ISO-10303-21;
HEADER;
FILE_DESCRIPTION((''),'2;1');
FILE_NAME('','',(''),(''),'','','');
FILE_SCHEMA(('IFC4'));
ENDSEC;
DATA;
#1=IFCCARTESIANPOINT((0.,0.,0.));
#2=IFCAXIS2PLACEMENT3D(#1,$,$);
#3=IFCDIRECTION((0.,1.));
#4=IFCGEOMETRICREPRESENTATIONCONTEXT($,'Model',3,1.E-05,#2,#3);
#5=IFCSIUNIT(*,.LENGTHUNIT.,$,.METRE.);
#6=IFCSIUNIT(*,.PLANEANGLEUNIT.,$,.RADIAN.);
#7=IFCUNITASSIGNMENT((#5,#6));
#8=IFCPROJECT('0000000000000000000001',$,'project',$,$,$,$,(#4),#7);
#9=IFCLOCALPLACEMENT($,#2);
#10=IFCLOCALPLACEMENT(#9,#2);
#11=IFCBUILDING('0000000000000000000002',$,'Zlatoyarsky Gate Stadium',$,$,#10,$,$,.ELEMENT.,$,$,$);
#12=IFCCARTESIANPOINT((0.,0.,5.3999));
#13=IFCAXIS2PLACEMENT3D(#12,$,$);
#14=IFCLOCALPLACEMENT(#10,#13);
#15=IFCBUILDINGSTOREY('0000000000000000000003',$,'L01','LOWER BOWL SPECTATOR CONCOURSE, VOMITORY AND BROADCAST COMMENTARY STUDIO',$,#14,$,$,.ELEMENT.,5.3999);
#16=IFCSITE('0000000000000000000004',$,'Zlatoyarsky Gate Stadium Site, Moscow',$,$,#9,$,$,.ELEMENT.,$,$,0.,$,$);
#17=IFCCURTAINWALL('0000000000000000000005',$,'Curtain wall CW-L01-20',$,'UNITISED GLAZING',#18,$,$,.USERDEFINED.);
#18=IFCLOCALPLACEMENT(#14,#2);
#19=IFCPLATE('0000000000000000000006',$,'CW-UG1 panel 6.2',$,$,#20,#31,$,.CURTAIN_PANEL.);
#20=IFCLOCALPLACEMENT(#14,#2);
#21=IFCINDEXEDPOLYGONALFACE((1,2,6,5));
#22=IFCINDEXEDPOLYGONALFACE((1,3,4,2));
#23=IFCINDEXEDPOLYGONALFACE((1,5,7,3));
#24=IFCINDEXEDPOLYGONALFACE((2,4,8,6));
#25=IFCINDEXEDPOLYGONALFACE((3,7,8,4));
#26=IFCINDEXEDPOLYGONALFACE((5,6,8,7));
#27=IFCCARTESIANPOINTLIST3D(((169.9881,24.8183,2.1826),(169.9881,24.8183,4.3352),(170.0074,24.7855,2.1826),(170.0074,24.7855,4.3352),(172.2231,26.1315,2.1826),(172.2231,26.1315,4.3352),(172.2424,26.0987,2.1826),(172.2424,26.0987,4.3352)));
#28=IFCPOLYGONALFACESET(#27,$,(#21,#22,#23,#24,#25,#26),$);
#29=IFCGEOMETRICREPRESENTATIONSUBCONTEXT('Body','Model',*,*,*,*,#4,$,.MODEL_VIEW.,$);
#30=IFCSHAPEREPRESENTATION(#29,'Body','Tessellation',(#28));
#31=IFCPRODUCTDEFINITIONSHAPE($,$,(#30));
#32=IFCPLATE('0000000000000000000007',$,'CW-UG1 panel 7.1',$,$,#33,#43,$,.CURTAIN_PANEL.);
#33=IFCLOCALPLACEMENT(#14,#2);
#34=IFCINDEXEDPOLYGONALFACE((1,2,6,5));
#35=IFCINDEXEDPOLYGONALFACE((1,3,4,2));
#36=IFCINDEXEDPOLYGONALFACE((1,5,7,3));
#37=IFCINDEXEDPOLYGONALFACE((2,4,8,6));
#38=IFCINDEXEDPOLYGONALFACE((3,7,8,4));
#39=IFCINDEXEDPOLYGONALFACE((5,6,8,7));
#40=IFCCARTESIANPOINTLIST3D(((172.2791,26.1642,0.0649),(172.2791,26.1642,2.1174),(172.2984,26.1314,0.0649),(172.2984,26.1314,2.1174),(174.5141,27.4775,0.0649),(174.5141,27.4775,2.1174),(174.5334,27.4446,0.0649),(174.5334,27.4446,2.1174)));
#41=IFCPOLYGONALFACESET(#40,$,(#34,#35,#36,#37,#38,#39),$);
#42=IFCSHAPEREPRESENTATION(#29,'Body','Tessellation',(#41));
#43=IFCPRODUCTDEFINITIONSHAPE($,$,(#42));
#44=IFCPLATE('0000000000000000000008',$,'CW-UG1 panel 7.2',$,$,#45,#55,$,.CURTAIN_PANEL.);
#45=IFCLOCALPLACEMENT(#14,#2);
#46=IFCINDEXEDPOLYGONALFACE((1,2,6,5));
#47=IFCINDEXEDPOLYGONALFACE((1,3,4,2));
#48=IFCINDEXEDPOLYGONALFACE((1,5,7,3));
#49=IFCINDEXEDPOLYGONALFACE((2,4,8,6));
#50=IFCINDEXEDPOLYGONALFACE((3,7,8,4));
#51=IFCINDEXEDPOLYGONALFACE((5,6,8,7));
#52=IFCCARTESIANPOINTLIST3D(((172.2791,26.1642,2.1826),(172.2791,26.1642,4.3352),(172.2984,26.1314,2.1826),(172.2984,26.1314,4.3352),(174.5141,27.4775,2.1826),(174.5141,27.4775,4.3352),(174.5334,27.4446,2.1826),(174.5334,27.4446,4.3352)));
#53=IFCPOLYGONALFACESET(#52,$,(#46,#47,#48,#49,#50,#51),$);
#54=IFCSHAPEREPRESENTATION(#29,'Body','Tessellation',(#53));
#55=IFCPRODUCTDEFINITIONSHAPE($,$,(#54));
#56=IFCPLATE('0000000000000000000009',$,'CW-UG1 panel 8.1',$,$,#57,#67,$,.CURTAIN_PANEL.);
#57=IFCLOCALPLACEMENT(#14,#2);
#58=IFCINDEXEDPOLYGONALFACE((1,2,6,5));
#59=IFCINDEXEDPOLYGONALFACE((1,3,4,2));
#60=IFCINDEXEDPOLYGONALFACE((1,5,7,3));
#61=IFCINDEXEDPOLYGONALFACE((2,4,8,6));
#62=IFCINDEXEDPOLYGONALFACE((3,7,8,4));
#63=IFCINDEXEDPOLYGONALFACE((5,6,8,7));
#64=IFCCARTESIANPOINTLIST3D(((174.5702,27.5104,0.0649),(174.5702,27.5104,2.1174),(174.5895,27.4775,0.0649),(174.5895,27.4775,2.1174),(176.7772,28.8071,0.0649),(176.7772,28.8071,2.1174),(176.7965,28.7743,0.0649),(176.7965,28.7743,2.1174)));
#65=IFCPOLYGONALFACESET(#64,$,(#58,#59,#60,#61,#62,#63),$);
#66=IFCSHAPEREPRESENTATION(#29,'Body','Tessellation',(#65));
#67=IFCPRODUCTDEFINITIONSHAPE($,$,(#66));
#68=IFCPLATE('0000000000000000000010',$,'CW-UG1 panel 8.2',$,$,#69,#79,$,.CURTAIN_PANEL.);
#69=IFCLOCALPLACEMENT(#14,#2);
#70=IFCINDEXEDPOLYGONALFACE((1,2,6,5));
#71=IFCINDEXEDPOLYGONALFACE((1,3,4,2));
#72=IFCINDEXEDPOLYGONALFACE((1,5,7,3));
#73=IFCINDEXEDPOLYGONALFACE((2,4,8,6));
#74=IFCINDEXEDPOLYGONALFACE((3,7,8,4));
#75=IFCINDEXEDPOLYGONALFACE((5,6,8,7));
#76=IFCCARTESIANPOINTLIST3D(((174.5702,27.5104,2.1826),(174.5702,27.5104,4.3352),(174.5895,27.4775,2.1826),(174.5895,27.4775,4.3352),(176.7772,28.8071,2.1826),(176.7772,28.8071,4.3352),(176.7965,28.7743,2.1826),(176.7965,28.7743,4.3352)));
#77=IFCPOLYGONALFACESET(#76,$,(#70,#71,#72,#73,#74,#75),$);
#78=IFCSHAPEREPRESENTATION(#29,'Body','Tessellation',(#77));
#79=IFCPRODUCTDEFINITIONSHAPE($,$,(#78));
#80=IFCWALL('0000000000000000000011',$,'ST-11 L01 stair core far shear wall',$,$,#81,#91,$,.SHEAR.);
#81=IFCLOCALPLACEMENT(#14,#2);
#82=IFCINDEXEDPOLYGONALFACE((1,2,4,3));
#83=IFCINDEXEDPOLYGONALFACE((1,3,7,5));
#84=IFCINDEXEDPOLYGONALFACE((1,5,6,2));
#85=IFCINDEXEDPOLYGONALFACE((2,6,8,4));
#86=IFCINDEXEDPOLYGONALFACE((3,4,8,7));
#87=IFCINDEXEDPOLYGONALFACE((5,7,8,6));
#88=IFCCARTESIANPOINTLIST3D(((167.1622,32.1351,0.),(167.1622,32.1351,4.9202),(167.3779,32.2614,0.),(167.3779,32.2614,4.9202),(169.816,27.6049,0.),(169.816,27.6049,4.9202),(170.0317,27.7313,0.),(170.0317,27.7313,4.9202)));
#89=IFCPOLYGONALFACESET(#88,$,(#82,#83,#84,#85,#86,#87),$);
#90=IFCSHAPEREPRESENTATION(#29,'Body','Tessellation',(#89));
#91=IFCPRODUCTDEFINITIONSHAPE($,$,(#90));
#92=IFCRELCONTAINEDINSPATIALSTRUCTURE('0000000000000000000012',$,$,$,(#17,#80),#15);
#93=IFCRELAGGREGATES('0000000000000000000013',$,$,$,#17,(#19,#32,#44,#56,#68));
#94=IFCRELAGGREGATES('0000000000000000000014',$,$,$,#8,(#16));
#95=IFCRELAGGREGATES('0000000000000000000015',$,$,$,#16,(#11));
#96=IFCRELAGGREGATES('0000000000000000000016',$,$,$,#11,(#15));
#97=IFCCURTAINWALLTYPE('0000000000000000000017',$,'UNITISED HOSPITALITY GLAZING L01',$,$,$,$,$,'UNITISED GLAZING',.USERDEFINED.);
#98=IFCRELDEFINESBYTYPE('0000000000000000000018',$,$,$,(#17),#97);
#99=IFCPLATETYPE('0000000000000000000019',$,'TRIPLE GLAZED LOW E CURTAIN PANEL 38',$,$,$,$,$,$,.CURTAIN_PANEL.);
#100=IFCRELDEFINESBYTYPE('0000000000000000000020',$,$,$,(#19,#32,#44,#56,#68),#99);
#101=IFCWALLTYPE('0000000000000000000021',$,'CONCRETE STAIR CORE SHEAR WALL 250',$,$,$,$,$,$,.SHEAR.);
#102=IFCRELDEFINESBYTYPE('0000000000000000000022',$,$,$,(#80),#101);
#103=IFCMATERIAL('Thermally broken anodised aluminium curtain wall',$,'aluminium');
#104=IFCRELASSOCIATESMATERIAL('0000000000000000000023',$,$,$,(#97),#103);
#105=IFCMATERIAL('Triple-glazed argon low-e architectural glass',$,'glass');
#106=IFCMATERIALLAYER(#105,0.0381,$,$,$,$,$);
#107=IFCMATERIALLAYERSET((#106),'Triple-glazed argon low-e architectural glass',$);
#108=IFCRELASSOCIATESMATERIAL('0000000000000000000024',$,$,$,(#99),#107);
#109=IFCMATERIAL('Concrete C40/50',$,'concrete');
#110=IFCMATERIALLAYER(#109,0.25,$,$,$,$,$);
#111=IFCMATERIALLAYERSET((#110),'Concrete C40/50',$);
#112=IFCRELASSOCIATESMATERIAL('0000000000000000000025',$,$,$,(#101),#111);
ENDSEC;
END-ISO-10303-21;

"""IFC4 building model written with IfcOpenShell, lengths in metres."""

from ifc_helpers import new_model, si_unit, direction, frame, frame_2d, origin, origin_2d, place, context, subcontext, project, spatial, rectangle, extrude, material, layer, layer_set, type_object, element, aggregate, save


model = new_model("IFC4")

# Units and contexts
model_context = context("Model", 3, precision=1e-05, world=origin(), true_north=direction((0.0, 1.0)))
body_context = subcontext(model_context, "Body", "Model", "MODEL_VIEW")
ifc_project = project(units=[si_unit("LENGTHUNIT", "METRE"), si_unit("PLANEANGLEUNIT", "RADIAN")], contexts=[model_context])

# Site, building, storey
site_placement = place(None, origin())
site = spatial("IfcSite", under=ifc_project, at=site_placement, Name="Zlatoyarsky Gate Stadium Site, Moscow", CompositionType="ELEMENT", RefElevation=0.0)
building_placement = place(site_placement, origin())
building = spatial("IfcBuilding", under=site, at=building_placement, Name="Zlatoyarsky Gate Stadium", CompositionType="ELEMENT")
storey_placement = place(building_placement, frame((0.0, 0.0, 5.3999)))
storey = spatial("IfcBuildingStorey", under=building, at=storey_placement, Name="L01", Description="LOWER BOWL SPECTATOR CONCOURSE, VOMITORY AND BROADCAST COMMENTARY STUDIO", CompositionType="ELEMENT", Elevation=5.3999)

# Curtain wall
ifc_material_1 = material(Name="Thermally broken anodised aluminium curtain wall", Category="aluminium")
curtain_wall_type = type_object("IfcCurtainWallType", Name="UNITISED HOSPITALITY GLAZING L01", ElementType="UNITISED GLAZING", PredefinedType="USERDEFINED", material=ifc_material_1)
curtain_wall_1_placement = place(storey_placement, origin())
curtain_wall_1 = element("IfcCurtainWall", 1, at=curtain_wall_1_placement, inside=storey, type_object=curtain_wall_type, Name="Curtain wall CW-L01-20", ObjectType="UNITISED GLAZING", PredefinedType="USERDEFINED")

# Plates
ifc_material_2 = material(Name="Triple-glazed argon low-e architectural glass", Category="glass")
ifc_layer_1 = layer(ifc_material_2, 0.0381)
ifc_layer_set_1 = layer_set([ifc_layer_1], Name="Triple-glazed argon low-e architectural glass")
plate_type_1 = type_object("IfcPlateType", Name="TRIPLE GLAZED LOW E CURTAIN PANEL 38", PredefinedType="CURTAIN_PANEL", material=ifc_layer_set_1)
plate_1_placement = place(storey_placement, frame((171.1152, 25.4585, 2.1826), z_axis=(0.0, 0.0, 1.0), x_axis=(0.862187, 0.50659, 0.0)))
plate_1 = element("IfcPlate", 2, at=plate_1_placement, type_object=plate_type_1, Name="CW-UG1 panel 6.2", PredefinedType="CURTAIN_PANEL", context=body_context, shape_type="SweptSolid", body=[
    extrude(rectangle(XDim=2.5923, YDim=0.0381, at=origin_2d()), origin(), (0.0, 0.0, 1.0), 2.1526),
])
plate_2_placement = place(storey_placement, frame((173.4062, 26.8044, 0.0649), z_axis=(0.0, 0.0, 1.0), x_axis=(0.862187, 0.50659, 0.0)))
plate_2 = element("IfcPlate", 3, at=plate_2_placement, type_object=plate_type_1, Name="CW-UG1 panel 7.1", PredefinedType="CURTAIN_PANEL", context=body_context, shape_type="SweptSolid", body=[
    extrude(rectangle(XDim=2.5923, YDim=0.0381, at=origin_2d()), origin(), (0.0, 0.0, 1.0), 2.0525),
])
plate_3_placement = place(storey_placement, frame((173.4062, 26.8044, 2.1826), z_axis=(0.0, 0.0, 1.0), x_axis=(0.862187, 0.50659, 0.0)))
plate_3 = element("IfcPlate", 4, at=plate_3_placement, type_object=plate_type_1, Name="CW-UG1 panel 7.2", PredefinedType="CURTAIN_PANEL", context=body_context, shape_type="SweptSolid", body=[
    extrude(rectangle(XDim=2.5923, YDim=0.0381, at=origin_2d()), origin(), (0.0, 0.0, 1.0), 2.1526),
])
plate_4_placement = place(storey_placement, frame((175.6833, 28.1423, 0.0649), z_axis=(0.0, 0.0, 1.0), x_axis=(0.862187, 0.50659, 0.0)))
plate_4 = element("IfcPlate", 5, at=plate_4_placement, type_object=plate_type_1, Name="CW-UG1 panel 8.1", PredefinedType="CURTAIN_PANEL", context=body_context, shape_type="SweptSolid", body=[
    extrude(rectangle(XDim=2.5598, YDim=0.0381, at=origin_2d()), origin(), (0.0, 0.0, 1.0), 2.0525),
])
plate_5_placement = place(storey_placement, frame((175.6833, 28.1423, 2.1826), z_axis=(0.0, 0.0, 1.0), x_axis=(0.862187, 0.50659, 0.0)))
plate_5 = element("IfcPlate", 6, at=plate_5_placement, type_object=plate_type_1, Name="CW-UG1 panel 8.2", PredefinedType="CURTAIN_PANEL", context=body_context, shape_type="SweptSolid", body=[
    extrude(rectangle(XDim=2.5598, YDim=0.0381, at=origin_2d()), origin(), (0.0, 0.0, 1.0), 2.1526),
])
aggregate(curtain_wall_1, [plate_1, plate_2, plate_3, plate_4, plate_5])

# Wall
ifc_material_3 = material(Name="Concrete C40/50", Category="concrete")
ifc_layer_2 = layer(ifc_material_3, 0.25)
ifc_layer_set_2 = layer_set([ifc_layer_2], Name="Concrete C40/50")
wall_type = type_object("IfcWallType", Name="CONCRETE STAIR CORE SHEAR WALL 250", PredefinedType="SHEAR", material=ifc_layer_set_2)
wall_placement = place(storey_placement, frame((169.9238, 27.6682, 0.0), z_axis=(0.0, 0.0, 1.0), x_axis=(-0.505475, 0.862841, 0.0)))
element("IfcWall", 7, at=wall_placement, inside=storey, type_object=wall_type, Name="ST-11 L01 stair core far shear wall", PredefinedType="SHEAR", context=body_context, shape_type="SweptSolid", body=[
    extrude(rectangle(XDim=5.2502, YDim=0.25, at=frame_2d((2.625, 0.0))), origin(), (0.0, 0.0, 1.0), 4.9202),
])

save(model, "model.ifc")
